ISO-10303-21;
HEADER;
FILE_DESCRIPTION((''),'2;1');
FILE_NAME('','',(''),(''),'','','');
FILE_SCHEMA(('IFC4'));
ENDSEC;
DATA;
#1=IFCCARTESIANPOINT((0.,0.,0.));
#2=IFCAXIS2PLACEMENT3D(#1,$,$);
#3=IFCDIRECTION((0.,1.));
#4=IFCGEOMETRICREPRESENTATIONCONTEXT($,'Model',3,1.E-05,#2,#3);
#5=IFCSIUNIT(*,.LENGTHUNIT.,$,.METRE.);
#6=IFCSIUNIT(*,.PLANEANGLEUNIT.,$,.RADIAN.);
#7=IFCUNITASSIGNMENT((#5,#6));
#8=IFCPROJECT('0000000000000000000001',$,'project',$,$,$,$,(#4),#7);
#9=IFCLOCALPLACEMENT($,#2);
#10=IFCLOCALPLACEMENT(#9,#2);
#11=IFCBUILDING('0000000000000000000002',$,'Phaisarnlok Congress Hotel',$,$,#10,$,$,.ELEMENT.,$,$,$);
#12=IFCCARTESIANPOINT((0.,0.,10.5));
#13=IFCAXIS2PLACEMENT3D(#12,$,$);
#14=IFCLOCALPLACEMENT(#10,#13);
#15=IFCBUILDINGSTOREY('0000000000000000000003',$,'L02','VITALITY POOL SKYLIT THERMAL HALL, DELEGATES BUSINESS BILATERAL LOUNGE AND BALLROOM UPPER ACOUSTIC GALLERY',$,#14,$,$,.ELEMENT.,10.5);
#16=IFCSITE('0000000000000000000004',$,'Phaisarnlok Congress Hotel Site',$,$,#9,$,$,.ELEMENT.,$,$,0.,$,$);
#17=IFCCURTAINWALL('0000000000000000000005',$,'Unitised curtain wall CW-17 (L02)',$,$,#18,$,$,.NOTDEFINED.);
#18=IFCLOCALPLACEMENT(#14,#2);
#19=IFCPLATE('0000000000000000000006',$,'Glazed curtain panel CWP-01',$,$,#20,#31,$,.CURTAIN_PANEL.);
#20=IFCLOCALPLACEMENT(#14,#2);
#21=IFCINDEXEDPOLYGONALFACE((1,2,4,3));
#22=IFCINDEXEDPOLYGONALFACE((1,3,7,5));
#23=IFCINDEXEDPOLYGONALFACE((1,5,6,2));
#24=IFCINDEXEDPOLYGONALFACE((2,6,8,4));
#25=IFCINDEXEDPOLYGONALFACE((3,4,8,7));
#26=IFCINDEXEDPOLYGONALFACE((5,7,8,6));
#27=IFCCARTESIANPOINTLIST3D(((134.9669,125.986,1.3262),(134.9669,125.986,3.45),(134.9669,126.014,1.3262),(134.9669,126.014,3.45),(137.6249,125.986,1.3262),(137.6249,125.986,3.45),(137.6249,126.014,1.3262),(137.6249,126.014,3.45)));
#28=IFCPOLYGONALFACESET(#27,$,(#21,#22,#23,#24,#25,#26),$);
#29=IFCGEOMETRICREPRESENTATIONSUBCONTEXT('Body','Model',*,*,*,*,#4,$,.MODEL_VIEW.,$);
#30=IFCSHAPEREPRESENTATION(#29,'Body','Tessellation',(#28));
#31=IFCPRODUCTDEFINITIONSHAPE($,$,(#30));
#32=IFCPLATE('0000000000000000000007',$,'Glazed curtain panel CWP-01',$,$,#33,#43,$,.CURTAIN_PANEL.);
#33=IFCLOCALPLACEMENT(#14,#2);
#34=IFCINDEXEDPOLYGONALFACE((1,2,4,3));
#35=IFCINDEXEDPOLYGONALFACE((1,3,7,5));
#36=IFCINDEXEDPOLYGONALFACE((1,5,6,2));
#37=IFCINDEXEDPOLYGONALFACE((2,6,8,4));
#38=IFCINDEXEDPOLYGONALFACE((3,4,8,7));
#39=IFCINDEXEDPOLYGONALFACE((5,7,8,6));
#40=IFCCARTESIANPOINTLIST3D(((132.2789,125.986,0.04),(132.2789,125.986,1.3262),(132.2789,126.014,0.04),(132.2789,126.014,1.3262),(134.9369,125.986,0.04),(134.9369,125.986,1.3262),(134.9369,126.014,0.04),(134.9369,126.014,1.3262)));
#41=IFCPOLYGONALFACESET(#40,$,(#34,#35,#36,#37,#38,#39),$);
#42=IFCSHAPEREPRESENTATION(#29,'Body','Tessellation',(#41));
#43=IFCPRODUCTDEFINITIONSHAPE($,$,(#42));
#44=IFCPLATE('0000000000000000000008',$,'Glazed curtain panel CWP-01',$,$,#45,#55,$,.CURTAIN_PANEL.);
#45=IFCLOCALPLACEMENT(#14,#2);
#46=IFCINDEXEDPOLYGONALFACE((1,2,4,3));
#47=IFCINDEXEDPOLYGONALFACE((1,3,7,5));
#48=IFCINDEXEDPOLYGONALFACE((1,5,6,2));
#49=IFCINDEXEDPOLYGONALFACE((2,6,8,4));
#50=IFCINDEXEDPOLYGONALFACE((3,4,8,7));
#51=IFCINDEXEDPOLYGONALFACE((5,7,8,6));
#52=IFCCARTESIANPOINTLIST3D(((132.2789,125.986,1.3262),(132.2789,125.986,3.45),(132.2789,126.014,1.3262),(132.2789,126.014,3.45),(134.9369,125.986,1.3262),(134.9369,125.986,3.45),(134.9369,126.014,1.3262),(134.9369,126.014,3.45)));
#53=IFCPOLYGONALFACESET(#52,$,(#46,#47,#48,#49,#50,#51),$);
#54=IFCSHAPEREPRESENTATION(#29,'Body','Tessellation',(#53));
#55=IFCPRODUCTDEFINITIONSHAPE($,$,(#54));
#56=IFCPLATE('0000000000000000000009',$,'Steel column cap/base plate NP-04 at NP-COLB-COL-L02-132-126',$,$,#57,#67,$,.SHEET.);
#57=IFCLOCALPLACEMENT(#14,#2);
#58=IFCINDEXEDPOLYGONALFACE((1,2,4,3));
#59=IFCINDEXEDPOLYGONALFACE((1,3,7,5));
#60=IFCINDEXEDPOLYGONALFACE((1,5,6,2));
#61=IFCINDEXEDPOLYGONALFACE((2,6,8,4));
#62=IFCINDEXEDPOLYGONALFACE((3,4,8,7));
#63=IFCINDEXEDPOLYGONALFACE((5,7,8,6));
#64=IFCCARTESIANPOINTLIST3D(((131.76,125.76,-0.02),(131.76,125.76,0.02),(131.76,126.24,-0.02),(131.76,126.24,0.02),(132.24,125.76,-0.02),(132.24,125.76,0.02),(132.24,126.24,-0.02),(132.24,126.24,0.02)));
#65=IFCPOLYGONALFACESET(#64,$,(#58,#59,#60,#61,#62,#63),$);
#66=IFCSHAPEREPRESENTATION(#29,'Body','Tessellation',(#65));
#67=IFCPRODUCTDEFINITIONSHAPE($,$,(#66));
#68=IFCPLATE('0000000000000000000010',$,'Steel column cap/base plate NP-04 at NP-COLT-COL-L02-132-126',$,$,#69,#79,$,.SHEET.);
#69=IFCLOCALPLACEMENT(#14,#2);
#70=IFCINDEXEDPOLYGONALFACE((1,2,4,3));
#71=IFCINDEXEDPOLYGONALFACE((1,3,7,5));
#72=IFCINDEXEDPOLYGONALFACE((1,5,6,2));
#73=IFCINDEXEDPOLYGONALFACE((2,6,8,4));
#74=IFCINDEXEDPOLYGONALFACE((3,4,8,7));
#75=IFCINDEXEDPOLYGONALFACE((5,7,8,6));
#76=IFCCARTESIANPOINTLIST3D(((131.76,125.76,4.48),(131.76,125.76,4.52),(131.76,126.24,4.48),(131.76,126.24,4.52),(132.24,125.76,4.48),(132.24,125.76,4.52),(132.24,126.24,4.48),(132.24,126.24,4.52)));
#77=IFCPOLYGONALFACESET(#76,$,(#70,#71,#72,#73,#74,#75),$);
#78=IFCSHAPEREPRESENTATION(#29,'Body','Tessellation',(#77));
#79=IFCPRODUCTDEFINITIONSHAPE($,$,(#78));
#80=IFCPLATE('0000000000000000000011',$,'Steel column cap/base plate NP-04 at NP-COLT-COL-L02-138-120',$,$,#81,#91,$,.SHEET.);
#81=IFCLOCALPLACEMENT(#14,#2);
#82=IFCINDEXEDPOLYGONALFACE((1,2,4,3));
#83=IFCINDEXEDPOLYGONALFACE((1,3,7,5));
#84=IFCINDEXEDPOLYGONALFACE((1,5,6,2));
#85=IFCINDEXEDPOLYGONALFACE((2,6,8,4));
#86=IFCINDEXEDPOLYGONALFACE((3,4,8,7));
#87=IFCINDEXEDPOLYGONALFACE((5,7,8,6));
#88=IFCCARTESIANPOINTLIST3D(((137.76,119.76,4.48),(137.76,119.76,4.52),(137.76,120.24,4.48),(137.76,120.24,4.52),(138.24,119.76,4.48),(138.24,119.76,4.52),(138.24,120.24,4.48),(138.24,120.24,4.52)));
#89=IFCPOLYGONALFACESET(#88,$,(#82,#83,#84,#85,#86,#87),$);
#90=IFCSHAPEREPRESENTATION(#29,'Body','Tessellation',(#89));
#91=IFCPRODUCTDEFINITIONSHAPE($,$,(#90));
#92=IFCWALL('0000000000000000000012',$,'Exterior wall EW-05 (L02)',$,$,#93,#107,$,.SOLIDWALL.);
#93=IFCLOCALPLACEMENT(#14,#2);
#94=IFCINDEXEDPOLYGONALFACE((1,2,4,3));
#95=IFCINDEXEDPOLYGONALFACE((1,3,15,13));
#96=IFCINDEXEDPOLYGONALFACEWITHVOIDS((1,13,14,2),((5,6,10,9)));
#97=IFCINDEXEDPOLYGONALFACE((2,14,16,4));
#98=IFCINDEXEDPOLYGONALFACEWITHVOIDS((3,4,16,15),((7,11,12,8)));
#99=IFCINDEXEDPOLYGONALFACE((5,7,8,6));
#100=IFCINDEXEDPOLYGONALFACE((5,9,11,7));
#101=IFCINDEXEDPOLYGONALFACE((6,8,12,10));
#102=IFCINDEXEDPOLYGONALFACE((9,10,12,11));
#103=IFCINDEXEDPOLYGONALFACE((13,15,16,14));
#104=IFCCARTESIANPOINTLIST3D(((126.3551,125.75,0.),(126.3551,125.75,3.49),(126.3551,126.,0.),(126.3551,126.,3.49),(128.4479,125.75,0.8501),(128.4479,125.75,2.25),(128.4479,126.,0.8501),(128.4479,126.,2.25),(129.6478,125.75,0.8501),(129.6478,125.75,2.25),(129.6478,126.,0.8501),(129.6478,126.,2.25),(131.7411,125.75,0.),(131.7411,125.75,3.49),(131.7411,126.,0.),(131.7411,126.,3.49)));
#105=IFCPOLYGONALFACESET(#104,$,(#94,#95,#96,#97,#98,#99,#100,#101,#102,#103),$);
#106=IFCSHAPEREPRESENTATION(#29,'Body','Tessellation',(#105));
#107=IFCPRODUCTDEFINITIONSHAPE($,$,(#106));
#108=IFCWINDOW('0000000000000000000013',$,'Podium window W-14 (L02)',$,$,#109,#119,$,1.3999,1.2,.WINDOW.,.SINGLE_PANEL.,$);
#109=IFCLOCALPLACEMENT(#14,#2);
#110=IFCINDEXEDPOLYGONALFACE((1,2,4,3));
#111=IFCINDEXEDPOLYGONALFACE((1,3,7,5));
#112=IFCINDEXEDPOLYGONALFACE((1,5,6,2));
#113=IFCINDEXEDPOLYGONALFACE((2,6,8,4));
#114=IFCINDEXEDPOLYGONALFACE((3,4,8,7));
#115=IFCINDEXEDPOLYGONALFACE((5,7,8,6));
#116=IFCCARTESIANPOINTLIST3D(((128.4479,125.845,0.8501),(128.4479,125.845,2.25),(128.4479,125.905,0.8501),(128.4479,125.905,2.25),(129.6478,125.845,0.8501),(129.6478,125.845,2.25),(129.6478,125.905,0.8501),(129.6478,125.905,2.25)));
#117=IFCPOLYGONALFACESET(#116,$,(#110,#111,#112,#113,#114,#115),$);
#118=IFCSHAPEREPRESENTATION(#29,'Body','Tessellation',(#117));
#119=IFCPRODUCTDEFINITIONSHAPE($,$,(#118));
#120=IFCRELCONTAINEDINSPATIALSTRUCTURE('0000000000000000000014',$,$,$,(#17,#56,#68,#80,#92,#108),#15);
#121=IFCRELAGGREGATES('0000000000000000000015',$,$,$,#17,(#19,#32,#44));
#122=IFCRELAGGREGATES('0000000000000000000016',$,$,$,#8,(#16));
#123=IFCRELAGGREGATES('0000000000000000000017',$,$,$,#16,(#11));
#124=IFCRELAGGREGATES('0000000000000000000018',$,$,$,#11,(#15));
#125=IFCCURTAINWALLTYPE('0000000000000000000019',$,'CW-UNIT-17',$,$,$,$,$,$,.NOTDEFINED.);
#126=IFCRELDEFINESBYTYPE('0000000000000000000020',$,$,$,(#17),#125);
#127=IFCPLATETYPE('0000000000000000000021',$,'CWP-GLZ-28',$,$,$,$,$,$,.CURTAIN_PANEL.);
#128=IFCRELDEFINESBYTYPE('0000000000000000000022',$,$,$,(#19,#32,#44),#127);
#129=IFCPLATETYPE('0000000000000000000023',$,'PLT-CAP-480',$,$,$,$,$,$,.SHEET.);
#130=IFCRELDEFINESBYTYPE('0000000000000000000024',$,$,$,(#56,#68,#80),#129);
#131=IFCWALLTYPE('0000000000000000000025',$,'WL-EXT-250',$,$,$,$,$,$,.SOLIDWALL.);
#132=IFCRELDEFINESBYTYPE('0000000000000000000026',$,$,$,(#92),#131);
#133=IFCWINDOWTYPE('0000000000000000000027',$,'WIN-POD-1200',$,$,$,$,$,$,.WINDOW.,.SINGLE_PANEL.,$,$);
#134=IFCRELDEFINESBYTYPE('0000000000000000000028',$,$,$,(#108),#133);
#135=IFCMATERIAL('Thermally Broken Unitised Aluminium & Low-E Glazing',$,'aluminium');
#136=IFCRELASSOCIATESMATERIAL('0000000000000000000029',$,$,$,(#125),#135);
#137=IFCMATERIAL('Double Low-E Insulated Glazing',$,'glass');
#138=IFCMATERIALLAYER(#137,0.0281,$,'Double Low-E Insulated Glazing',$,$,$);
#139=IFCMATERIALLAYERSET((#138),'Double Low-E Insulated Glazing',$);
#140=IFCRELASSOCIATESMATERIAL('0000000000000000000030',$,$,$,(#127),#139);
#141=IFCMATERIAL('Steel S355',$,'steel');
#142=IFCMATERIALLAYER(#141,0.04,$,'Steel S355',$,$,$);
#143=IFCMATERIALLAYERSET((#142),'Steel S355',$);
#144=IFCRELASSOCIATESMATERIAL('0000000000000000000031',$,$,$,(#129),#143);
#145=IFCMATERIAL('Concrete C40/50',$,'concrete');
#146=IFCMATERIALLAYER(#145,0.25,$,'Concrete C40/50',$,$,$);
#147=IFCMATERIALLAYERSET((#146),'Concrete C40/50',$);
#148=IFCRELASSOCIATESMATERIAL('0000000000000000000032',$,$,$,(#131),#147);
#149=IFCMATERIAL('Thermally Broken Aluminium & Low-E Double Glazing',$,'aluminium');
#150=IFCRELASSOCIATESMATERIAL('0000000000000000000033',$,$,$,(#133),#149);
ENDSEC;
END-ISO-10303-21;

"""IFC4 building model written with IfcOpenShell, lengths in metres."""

from ifc_helpers import new_model, si_unit, direction, frame, frame_2d, origin, origin_2d, place, context, subcontext, project, spatial, rectangle, extrude, material, layer, layer_set, type_object, element, fill, aggregate, save


model = new_model("IFC4")

# Units and contexts
model_context = context("Model", 3, precision=1e-05, world=origin(), true_north=direction((0.0, 1.0)))
body_context = subcontext(model_context, "Body", "Model", "MODEL_VIEW")
ifc_project = project(units=[si_unit("LENGTHUNIT", "METRE"), si_unit("PLANEANGLEUNIT", "RADIAN")], contexts=[model_context])

# Site, building, storey
site_placement = place(None, origin())
site = spatial("IfcSite", under=ifc_project, at=site_placement, Name="Phaisarnlok Congress Hotel Site", CompositionType="ELEMENT", RefElevation=0.0)
building_placement = place(site_placement, origin())
building = spatial("IfcBuilding", under=site, at=building_placement, Name="Phaisarnlok Congress Hotel", CompositionType="ELEMENT")
storey_placement = place(building_placement, frame((0.0, 0.0, 10.5)))
storey = spatial("IfcBuildingStorey", under=building, at=storey_placement, Name="L02", Description="VITALITY POOL SKYLIT THERMAL HALL, DELEGATES BUSINESS BILATERAL LOUNGE AND BALLROOM UPPER ACOUSTIC GALLERY", CompositionType="ELEMENT", Elevation=10.5)

# Shared definitions
ifc_material_1 = material(Name="Steel S355", Category="steel")

# Curtain wall
ifc_material_2 = material(Name="Thermally Broken Unitised Aluminium & Low-E Glazing", Category="aluminium")
curtain_wall_type = type_object("IfcCurtainWallType", Name="CW-UNIT-17", PredefinedType="NOTDEFINED", material=ifc_material_2)
curtain_wall_placement = place(storey_placement, origin())
curtain_wall = element("IfcCurtainWall", 1, at=curtain_wall_placement, inside=storey, type_object=curtain_wall_type, Name="Unitised curtain wall CW-17 (L02)", PredefinedType="NOTDEFINED")

# Shared definitions
ifc_material_3 = material(Name="Concrete C40/50", Category="concrete")

# Plates
ifc_material_4 = material(Name="Double Low-E Insulated Glazing", Category="glass")
ifc_layer_1 = layer(ifc_material_4, 0.0281, Name="Double Low-E Insulated Glazing")
ifc_layer_set_1 = layer_set([ifc_layer_1], Name="Double Low-E Insulated Glazing")
plate_type_1 = type_object("IfcPlateType", Name="CWP-GLZ-28", PredefinedType="CURTAIN_PANEL", material=ifc_layer_set_1)
plate_1_placement = place(storey_placement, frame((137.625, 126.0, 1.3262), z_axis=(0.0, 0.0, 1.0), x_axis=(-1.0, 0.0, 0.0)))
plate_1 = element("IfcPlate", 2, at=plate_1_placement, type_object=plate_type_1, Name="Glazed curtain panel CWP-01", PredefinedType="CURTAIN_PANEL", context=body_context, shape_type="SweptSolid", body=[
    extrude(rectangle(XDim=2.658, YDim=0.0281, at=frame_2d((1.3291, 0.0))), origin(), (0.0, 0.0, 1.0), 2.1238),
])
plate_2_placement = place(storey_placement, frame((134.937, 126.0, 0.04), z_axis=(0.0, 0.0, 1.0), x_axis=(-1.0, 0.0, 0.0)))
plate_2 = element("IfcPlate", 3, at=plate_2_placement, type_object=plate_type_1, Name="Glazed curtain panel CWP-01", PredefinedType="CURTAIN_PANEL", context=body_context, shape_type="SweptSolid", body=[
    extrude(rectangle(XDim=2.658, YDim=0.0281, at=frame_2d((1.3291, 0.0))), origin(), (0.0, 0.0, 1.0), 1.2861),
])
plate_3_placement = place(storey_placement, frame((134.937, 126.0, 1.3262), z_axis=(0.0, 0.0, 1.0), x_axis=(-1.0, 0.0, 0.0)))
plate_3 = element("IfcPlate", 4, at=plate_3_placement, type_object=plate_type_1, Name="Glazed curtain panel CWP-01", PredefinedType="CURTAIN_PANEL", context=body_context, shape_type="SweptSolid", body=[
    extrude(rectangle(XDim=2.658, YDim=0.0281, at=frame_2d((1.3291, 0.0))), origin(), (0.0, 0.0, 1.0), 2.1238),
])
aggregate(curtain_wall, [plate_1, plate_2, plate_3])

# Plates
ifc_layer_2 = layer(ifc_material_1, 0.04, Name="Steel S355")
ifc_layer_set_2 = layer_set([ifc_layer_2], Name="Steel S355")
plate_type_2 = type_object("IfcPlateType", Name="PLT-CAP-480", PredefinedType="SHEET", material=ifc_layer_set_2)
for number, where, z_axis, x_axis, name in (
    (5, (132.0, 126.0, -0.02), (0.0, 0.0, 1.0), (1.0, 0.0, 0.0), "Steel column cap/base plate NP-04 at NP-COLB-COL-L02-132-126"),
    (6, (132.0, 126.0, 4.48), (0.0, 0.0, 1.0), (1.0, 0.0, 0.0), "Steel column cap/base plate NP-04 at NP-COLT-COL-L02-132-126"),
    (7, (138.0, 120.0, 4.48), (0.0, 0.0, 1.0), (1.0, 0.0, 0.0), "Steel column cap/base plate NP-04 at NP-COLT-COL-L02-138-120"),
):
    element("IfcPlate", number, at=place(storey_placement, frame(where, z_axis=z_axis, x_axis=x_axis)), inside=storey, type_object=plate_type_2, Name=name, PredefinedType="SHEET", context=body_context, shape_type="SweptSolid", body=[
        extrude(rectangle(XDim=0.48, YDim=0.48, at=origin_2d()), origin(), (0.0, 0.0, 1.0), 0.04),
    ])

# Wall, opening, window
ifc_layer_3 = layer(ifc_material_3, 0.25, Name="Concrete C40/50")
ifc_layer_set_3 = layer_set([ifc_layer_3], Name="Concrete C40/50")
wall_type = type_object("IfcWallType", Name="WL-EXT-250", PredefinedType="SOLIDWALL", material=ifc_layer_set_3)
wall_placement = place(storey_placement, frame((131.741, 125.875, 0.0), z_axis=(0.0, 0.0, 1.0), x_axis=(-1.0, 0.0, 0.0)))
wall = element("IfcWall", 8, at=wall_placement, inside=storey, type_object=wall_type, Name="Exterior wall EW-05 (L02)", PredefinedType="SOLIDWALL", context=body_context, shape_type="SweptSolid", body=[
    extrude(rectangle(XDim=5.386, YDim=0.25, at=frame_2d((2.6929, 0.0))), origin(), (0.0, 0.0, 1.0), 3.49),
])
opening_placement = place(wall_placement, frame((2.093, 0.0, 0.8501)))
opening = element("IfcOpeningElement", 9, at=opening_placement, cuts=wall, PredefinedType="OPENING", context=body_context, shape_type="SweptSolid", body=[
    extrude(rectangle(XDim=1.2, YDim=1.3999, at=frame_2d((0.6001, 0.7))), frame((0.0, 0.135, 0.0), z_axis=(0.0, -1.0, 0.0), x_axis=(1.0, 0.0, 0.0)), (0.0, 0.0, 1.0), 0.27),
])
ifc_material_5 = material(Name="Thermally Broken Aluminium & Low-E Double Glazing", Category="aluminium")
window_type = type_object("IfcWindowType", Name="WIN-POD-1200", PartitioningType="SINGLE_PANEL", PredefinedType="WINDOW", material=ifc_material_5)
window_placement = place(opening_placement, origin())
window = element("IfcWindow", 10, at=window_placement, inside=storey, type_object=window_type, Name="Podium window W-14 (L02)", OverallHeight=1.3999, OverallWidth=1.2, PartitioningType="SINGLE_PANEL", PredefinedType="WINDOW", context=body_context, shape_type="SweptSolid", body=[
    extrude(rectangle(XDim=1.2, YDim=1.3999, at=frame_2d((0.6001, 0.7))), frame((0.0, 0.03, 0.0), z_axis=(0.0, -1.0, 0.0), x_axis=(1.0, 0.0, 0.0)), (0.0, 0.0, 1.0), 0.0601),
])
fill(opening, window)

save(model, "model.ifc")
